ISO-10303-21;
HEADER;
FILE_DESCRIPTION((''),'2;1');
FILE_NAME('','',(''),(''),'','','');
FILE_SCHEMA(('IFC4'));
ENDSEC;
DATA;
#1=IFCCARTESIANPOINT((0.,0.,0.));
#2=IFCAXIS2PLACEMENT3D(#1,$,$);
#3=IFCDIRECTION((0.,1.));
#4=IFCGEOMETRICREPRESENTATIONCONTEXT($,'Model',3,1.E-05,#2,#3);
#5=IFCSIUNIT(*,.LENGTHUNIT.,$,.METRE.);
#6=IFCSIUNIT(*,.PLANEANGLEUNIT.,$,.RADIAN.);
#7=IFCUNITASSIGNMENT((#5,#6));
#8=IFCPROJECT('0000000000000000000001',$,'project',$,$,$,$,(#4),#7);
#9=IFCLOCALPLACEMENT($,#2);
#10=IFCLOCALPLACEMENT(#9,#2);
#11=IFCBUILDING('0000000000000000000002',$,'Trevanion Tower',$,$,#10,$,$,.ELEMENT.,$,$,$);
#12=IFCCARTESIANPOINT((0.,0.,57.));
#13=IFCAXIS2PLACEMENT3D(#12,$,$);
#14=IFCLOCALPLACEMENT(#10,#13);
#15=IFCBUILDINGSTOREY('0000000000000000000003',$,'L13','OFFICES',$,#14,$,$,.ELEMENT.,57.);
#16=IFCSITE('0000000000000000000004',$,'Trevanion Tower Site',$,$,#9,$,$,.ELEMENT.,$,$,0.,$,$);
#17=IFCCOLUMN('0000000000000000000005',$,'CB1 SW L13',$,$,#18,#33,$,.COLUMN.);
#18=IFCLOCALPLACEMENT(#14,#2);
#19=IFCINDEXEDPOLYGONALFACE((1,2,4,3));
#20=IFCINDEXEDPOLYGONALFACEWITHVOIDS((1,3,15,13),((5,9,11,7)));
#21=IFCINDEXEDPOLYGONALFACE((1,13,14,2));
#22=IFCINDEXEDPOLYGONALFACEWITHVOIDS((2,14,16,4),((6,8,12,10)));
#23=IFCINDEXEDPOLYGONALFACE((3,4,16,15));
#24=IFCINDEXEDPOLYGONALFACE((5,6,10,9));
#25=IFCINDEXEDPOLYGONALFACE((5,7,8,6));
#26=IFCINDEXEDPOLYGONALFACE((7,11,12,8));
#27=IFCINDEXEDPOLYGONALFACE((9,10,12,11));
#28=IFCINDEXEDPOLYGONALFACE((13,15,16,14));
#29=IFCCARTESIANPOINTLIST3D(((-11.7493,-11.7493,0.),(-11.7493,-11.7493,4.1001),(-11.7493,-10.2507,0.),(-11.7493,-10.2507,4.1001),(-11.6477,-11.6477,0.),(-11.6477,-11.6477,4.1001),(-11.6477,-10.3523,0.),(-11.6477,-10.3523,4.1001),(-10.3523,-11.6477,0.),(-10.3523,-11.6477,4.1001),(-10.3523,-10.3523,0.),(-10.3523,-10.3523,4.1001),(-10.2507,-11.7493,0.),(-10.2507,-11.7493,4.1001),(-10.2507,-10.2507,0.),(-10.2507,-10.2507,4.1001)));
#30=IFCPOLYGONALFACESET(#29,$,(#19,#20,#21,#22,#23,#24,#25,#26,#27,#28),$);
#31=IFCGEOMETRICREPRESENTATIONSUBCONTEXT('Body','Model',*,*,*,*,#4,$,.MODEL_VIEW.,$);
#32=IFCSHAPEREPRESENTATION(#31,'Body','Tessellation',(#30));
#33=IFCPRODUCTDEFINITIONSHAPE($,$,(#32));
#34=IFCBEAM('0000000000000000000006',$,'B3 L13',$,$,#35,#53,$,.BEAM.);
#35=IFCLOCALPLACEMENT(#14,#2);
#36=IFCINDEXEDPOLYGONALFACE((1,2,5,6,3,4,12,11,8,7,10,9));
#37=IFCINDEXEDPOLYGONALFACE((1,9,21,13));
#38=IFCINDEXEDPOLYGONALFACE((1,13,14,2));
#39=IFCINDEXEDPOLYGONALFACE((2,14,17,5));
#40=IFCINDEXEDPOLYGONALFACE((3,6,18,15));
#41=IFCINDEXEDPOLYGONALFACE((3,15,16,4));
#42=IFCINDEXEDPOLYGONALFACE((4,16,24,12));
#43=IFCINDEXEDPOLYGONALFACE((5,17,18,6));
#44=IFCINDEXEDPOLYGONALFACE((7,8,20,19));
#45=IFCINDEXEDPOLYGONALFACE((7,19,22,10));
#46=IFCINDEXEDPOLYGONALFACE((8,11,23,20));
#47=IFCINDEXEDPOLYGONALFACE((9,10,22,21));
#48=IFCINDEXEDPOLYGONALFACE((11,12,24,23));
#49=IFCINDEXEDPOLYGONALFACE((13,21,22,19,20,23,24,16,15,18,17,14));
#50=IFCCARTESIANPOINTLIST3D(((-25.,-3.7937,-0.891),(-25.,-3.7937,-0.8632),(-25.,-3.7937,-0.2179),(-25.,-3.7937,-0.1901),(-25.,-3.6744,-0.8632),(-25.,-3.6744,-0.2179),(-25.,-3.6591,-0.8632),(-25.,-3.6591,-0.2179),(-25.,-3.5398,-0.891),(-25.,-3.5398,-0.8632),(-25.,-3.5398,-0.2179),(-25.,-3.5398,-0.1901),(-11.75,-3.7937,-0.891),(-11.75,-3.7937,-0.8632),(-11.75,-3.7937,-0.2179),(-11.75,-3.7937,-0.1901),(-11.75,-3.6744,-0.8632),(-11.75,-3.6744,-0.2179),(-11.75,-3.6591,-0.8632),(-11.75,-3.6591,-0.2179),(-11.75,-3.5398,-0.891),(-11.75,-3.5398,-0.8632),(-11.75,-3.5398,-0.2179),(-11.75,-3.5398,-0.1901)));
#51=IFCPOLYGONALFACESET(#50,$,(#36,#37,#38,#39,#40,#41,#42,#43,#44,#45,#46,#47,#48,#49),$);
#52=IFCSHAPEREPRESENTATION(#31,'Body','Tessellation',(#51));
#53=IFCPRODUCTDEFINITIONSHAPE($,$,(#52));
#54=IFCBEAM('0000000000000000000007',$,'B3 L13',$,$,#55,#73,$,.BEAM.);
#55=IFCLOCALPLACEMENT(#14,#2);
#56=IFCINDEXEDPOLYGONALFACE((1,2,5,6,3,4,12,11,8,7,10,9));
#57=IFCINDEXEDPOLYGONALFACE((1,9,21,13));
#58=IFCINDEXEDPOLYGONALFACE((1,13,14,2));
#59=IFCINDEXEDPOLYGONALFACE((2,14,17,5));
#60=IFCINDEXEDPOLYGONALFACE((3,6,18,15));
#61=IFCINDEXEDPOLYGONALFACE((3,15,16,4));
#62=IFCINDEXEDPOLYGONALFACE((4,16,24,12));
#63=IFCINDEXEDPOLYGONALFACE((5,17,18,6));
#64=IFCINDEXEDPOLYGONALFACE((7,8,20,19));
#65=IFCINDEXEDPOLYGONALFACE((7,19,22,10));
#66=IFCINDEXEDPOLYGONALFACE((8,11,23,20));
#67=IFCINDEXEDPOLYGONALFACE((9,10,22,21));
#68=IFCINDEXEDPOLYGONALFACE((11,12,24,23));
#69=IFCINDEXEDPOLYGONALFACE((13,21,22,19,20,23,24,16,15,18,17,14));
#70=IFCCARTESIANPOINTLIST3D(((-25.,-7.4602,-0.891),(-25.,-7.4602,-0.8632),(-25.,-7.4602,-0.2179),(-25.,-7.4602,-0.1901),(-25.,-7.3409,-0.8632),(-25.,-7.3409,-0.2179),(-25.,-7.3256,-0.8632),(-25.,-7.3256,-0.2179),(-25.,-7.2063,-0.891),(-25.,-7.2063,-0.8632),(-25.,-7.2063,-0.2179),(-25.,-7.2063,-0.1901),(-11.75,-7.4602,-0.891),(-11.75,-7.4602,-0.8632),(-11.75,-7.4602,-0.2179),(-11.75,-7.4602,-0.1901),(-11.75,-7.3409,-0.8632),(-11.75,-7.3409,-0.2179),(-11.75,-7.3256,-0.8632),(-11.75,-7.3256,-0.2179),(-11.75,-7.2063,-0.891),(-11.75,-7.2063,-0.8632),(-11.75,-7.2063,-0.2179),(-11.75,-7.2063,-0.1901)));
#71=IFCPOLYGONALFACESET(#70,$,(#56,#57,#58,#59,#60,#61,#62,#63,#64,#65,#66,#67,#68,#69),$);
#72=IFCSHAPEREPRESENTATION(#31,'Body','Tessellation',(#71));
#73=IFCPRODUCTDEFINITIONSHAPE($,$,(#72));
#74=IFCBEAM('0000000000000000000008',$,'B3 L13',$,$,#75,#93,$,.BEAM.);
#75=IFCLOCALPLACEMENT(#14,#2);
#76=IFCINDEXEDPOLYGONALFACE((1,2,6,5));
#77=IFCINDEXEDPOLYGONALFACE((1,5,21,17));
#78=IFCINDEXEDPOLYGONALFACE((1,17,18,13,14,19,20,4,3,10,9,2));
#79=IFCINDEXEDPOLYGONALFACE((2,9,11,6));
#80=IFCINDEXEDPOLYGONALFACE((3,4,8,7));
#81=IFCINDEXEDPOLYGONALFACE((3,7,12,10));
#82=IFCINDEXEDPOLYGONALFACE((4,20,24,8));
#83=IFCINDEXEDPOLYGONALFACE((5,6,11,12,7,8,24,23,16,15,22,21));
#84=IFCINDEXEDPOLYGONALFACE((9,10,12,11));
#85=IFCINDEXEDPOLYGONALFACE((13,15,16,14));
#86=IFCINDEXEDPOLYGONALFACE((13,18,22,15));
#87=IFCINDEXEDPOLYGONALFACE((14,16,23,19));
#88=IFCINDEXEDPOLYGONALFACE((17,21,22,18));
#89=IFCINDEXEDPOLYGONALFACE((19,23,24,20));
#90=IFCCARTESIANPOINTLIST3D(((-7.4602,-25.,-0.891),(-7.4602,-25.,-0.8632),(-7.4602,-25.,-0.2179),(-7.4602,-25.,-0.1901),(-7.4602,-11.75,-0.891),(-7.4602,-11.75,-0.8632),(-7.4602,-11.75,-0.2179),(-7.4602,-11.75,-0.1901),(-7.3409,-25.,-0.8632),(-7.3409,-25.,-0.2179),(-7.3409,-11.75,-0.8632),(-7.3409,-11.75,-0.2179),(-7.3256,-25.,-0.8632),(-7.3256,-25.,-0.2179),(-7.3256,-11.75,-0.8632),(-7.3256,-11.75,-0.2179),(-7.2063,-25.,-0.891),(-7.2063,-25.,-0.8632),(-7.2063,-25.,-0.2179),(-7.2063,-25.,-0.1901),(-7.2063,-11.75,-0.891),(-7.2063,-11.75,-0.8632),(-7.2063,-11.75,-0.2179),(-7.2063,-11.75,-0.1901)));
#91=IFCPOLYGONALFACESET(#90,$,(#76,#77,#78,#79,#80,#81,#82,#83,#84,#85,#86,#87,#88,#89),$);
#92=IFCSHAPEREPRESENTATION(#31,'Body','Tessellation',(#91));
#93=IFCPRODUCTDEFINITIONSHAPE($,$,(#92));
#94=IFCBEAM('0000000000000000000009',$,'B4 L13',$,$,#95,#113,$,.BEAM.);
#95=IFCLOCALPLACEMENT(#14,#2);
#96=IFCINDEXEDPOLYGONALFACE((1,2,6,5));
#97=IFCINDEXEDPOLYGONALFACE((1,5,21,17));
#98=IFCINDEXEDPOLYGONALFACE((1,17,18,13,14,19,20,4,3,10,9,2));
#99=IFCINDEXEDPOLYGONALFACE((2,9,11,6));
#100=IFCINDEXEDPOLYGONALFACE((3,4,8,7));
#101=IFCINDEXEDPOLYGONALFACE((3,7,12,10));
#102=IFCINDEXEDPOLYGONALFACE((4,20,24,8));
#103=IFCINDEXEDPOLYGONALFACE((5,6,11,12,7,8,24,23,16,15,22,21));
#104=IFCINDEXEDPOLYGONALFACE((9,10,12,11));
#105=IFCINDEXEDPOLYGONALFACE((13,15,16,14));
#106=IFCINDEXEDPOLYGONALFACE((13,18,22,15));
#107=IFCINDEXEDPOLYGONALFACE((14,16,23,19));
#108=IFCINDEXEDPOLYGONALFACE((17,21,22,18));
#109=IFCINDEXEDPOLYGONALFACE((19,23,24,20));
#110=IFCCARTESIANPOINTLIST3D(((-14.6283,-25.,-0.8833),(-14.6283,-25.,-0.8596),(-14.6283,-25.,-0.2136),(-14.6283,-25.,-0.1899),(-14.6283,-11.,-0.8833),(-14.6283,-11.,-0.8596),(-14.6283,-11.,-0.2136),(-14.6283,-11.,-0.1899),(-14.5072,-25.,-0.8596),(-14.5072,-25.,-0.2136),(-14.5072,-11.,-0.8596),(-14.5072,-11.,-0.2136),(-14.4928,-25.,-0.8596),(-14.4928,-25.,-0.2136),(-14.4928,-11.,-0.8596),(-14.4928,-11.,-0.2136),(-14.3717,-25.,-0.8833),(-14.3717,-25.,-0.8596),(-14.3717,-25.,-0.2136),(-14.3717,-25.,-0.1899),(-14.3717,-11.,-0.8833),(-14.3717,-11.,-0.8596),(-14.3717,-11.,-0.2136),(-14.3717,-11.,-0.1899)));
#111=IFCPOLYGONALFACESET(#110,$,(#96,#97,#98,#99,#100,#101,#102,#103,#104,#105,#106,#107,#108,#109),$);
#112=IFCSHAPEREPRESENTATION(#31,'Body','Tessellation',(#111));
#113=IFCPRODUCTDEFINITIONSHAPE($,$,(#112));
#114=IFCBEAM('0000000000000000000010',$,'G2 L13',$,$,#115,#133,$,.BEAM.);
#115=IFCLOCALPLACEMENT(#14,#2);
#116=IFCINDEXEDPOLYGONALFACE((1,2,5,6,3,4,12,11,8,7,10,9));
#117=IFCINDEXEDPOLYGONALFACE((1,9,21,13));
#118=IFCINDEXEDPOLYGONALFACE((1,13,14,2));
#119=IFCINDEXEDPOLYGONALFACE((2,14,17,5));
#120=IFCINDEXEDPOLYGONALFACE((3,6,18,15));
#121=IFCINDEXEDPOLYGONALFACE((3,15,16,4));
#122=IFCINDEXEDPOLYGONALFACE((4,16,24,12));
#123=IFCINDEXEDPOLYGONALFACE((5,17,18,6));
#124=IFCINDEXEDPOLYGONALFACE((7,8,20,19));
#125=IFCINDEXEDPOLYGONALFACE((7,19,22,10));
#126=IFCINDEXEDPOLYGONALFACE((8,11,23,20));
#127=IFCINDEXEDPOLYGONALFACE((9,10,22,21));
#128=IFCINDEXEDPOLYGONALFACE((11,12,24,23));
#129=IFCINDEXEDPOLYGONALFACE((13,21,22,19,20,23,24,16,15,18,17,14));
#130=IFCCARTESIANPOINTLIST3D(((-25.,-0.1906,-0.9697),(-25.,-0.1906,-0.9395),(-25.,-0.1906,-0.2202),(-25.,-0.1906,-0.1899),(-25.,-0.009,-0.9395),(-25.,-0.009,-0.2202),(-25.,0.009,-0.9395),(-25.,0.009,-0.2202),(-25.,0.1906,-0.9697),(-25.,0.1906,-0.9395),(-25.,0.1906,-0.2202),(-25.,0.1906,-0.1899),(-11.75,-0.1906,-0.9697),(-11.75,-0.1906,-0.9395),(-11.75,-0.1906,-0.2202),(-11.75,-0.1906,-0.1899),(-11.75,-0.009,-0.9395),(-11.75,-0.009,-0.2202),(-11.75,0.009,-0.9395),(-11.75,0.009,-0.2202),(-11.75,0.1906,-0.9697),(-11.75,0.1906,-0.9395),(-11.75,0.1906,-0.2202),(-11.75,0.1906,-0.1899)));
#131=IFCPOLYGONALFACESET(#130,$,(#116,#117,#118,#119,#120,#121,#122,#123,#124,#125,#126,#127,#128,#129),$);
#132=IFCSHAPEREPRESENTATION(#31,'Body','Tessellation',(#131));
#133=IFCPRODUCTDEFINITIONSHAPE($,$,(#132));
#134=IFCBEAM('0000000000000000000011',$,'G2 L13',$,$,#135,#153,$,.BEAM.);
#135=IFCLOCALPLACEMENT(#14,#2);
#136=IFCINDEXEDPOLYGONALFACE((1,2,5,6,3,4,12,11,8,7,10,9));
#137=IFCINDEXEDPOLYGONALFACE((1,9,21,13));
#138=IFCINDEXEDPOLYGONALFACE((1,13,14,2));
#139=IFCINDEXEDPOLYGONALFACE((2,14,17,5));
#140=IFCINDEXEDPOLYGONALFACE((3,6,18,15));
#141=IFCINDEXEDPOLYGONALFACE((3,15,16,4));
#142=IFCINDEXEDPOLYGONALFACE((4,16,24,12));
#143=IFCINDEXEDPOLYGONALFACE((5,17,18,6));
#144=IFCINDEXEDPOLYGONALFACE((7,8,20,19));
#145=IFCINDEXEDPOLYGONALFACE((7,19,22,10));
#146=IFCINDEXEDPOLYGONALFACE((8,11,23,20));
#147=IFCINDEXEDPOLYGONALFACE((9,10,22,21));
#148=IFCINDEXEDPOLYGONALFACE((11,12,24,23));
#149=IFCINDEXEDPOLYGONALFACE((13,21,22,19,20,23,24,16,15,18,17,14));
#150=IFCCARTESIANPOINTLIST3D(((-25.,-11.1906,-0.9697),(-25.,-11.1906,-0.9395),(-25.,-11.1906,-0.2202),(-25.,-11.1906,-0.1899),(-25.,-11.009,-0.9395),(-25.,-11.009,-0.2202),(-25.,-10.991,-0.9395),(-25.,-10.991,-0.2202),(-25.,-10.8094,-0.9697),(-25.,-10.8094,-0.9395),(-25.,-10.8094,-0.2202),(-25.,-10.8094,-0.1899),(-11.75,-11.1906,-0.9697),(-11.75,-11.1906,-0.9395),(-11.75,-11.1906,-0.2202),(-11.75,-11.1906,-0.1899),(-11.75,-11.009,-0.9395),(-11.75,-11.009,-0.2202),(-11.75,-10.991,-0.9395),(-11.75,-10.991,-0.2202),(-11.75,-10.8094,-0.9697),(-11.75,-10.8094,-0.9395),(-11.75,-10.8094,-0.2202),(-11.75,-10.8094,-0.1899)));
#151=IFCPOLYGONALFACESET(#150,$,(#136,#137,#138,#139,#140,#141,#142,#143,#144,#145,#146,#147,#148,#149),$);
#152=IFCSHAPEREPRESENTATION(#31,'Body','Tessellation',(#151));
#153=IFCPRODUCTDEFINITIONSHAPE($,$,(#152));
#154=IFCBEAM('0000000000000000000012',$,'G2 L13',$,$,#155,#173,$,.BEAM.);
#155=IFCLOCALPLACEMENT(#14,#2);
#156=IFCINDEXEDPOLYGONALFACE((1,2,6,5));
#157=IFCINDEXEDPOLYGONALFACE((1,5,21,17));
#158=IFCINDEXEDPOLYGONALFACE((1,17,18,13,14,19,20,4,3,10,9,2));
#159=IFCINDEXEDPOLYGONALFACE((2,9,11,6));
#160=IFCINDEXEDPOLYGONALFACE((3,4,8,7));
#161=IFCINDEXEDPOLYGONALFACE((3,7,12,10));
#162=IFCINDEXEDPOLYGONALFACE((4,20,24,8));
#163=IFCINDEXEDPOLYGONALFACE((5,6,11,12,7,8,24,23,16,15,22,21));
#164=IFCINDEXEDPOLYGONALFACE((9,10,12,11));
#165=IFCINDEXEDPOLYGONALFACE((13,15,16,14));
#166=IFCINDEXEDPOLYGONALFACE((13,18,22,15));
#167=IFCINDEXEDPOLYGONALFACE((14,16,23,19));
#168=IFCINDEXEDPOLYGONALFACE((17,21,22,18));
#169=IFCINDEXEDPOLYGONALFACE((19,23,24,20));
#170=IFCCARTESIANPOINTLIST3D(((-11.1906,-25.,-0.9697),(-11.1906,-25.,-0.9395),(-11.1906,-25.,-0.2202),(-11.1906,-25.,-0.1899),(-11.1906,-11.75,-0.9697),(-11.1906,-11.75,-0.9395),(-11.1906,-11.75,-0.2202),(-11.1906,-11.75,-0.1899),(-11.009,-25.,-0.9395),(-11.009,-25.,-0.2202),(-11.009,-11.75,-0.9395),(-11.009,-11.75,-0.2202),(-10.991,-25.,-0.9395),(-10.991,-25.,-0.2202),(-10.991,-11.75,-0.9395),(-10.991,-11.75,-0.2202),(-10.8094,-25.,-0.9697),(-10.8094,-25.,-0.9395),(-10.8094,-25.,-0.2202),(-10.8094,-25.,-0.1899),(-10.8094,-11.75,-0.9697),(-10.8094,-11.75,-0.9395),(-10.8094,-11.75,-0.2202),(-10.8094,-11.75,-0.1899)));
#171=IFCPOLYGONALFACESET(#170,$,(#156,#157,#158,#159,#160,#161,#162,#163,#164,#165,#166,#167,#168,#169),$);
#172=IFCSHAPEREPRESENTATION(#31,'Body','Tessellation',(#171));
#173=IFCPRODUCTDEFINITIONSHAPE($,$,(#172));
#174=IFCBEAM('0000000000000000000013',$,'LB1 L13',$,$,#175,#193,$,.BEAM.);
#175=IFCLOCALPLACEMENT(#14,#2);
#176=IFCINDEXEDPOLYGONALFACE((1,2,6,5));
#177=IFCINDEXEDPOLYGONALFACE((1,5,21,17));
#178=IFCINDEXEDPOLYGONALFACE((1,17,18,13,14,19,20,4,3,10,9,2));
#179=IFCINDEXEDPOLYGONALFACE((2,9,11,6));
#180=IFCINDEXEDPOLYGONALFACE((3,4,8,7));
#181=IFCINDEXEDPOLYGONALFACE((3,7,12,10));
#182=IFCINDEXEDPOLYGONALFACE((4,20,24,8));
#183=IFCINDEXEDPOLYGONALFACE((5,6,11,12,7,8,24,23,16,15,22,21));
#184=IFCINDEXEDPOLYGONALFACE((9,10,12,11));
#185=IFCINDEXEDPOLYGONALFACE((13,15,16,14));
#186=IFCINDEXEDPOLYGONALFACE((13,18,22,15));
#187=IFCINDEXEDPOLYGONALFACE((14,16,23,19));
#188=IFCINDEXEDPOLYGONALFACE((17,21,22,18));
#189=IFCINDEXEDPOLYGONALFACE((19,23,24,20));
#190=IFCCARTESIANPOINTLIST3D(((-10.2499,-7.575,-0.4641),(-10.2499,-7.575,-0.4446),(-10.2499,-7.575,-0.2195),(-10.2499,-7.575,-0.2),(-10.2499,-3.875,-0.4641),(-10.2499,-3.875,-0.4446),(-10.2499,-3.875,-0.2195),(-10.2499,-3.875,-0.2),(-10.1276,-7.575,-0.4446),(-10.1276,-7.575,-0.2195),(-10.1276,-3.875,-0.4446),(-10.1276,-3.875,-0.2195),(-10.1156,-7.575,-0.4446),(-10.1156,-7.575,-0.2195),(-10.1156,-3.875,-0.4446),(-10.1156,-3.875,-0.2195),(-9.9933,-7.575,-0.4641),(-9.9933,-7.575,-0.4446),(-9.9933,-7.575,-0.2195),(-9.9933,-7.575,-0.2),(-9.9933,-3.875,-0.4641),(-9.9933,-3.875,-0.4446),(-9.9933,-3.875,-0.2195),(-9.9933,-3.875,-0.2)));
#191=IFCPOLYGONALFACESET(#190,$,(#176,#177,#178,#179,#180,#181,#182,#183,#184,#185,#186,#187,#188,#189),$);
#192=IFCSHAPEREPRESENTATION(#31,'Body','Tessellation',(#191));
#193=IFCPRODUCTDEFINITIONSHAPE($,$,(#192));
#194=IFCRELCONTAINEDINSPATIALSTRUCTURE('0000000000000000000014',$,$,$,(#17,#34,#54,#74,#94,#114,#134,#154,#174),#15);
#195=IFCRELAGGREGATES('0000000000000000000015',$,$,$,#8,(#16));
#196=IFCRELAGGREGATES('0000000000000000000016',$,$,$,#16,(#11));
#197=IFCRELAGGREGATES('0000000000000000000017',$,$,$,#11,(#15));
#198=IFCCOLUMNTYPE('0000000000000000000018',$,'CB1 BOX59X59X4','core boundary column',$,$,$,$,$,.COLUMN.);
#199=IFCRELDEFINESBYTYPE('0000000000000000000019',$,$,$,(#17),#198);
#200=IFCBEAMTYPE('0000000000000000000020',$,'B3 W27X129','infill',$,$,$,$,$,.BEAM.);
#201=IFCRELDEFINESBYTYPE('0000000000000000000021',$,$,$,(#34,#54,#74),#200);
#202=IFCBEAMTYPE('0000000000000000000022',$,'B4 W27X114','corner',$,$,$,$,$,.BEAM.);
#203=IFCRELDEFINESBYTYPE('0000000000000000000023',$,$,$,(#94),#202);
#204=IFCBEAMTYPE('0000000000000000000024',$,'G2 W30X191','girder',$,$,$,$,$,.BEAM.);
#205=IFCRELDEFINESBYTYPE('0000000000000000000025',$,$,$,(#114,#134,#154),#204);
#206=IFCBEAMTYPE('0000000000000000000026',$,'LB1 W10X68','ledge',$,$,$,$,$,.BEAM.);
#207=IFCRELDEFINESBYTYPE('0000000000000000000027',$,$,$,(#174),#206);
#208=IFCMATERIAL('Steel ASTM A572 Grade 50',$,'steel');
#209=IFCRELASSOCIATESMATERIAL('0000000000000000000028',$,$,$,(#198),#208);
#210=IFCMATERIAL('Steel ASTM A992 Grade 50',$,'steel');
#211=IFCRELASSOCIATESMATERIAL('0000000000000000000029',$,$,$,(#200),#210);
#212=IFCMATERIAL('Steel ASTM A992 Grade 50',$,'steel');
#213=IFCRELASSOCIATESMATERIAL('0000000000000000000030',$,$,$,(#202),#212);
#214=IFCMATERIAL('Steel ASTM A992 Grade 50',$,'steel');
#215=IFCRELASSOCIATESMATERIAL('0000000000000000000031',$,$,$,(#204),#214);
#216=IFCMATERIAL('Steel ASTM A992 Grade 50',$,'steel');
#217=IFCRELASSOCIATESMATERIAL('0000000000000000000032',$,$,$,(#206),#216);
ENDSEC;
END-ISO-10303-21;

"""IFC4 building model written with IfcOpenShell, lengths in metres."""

from ifc_helpers import new_model, si_unit, direction, frame, origin, origin_2d, place, context, subcontext, project, spatial, hollow_rectangle, i_section, extrude, material, material_profile, profile_set, type_object, element, save


model = new_model("IFC4")

# Units and contexts
model_context = context("Model", 3, precision=1e-05, world=origin(), true_north=direction((0.0, 1.0)))
body_context = subcontext(model_context, "Body", "Model", "MODEL_VIEW")
ifc_project = project(units=[si_unit("LENGTHUNIT", "METRE"), si_unit("PLANEANGLEUNIT", "RADIAN")], contexts=[model_context])

# Site, building, storey
site_placement = place(None, origin())
site = spatial("IfcSite", under=ifc_project, at=site_placement, Name="Trevanion Tower Site", CompositionType="ELEMENT", RefElevation=0.0)
building_placement = place(site_placement, origin())
building = spatial("IfcBuilding", under=site, at=building_placement, Name="Trevanion Tower", CompositionType="ELEMENT")
storey_placement = place(building_placement, frame((0.0, 0.0, 57.0)))
storey = spatial("IfcBuildingStorey", under=building, at=storey_placement, Name="L13", Description="OFFICES", CompositionType="ELEMENT", Elevation=57.0)

# Column
ifc_material_1 = material(Name="Steel ASTM A572 Grade 50", Category="steel")
ifc_material_profile_1 = material_profile(ifc_material_1, hollow_rectangle(XDim=1.4985, YDim=1.4985, WallThickness=0.1016, at=origin_2d()), Name="BOX59X59X4")
ifc_profile_set_1 = profile_set([ifc_material_profile_1], Name="Steel ASTM A572 Grade 50")
column_type = type_object("IfcColumnType", Name="CB1 BOX59X59X4", Description="core boundary column", PredefinedType="COLUMN", material=ifc_profile_set_1)
column_placement = place(storey_placement, frame((-11.0, -11.0, 0.0), z_axis=(0.0, 0.0, 1.0), x_axis=(1.0, 0.0, 0.0)))
element("IfcColumn", 1, at=column_placement, inside=storey, type_object=column_type, Name="CB1 SW L13", PredefinedType="COLUMN", context=body_context, shape_type="SweptSolid", body=[
    extrude(hollow_rectangle(XDim=1.4985, YDim=1.4985, WallThickness=0.1016, at=origin_2d()), origin(), (0.0, 0.0, 1.0), 4.1001),
])

# Beams
ifc_material_2 = material(Name="Steel ASTM A992 Grade 50", Category="steel")
ifc_material_profile_2 = material_profile(ifc_material_2, i_section(OverallWidth=0.2539, OverallDepth=0.7009, WebThickness=0.0154, FlangeThickness=0.0278, at=origin_2d()), Name="W27X129")
ifc_profile_set_2 = profile_set([ifc_material_profile_2], Name="Steel ASTM A992 Grade 50")
beam_type_1 = type_object("IfcBeamType", Name="B3 W27X129", Description="infill", PredefinedType="BEAM", material=ifc_profile_set_2)
for number, where, z_axis, x_axis, name in (
    (2, (-11.75, -3.6667, -0.5405), (-1.0, 0.0, 0.0), (0.0, -1.0, 0.0), "B3 L13"),
    (3, (-11.75, -7.3333, -0.5405), (-1.0, 0.0, 0.0), (0.0, -1.0, 0.0), "B3 L13"),
    (4, (-7.3333, -11.75, -0.5405), (0.0, -1.0, 0.0), (1.0, 0.0, 0.0), "B3 L13"),
):
    element("IfcBeam", number, at=place(storey_placement, frame(where, z_axis=z_axis, x_axis=x_axis)), inside=storey, type_object=beam_type_1, Name=name, PredefinedType="BEAM", context=body_context, shape_type="SweptSolid", body=[
        extrude(i_section(OverallWidth=0.2539, OverallDepth=0.7009, WebThickness=0.0154, FlangeThickness=0.0278, at=origin_2d()), origin(), (0.0, 0.0, 1.0), 13.25),
    ])
ifc_material_3 = material(Name="Steel ASTM A992 Grade 50", Category="steel")
ifc_material_profile_3 = material_profile(ifc_material_3, i_section(OverallWidth=0.2566, OverallDepth=0.6934, WebThickness=0.0144, FlangeThickness=0.0237, at=origin_2d()), Name="W27X114")
ifc_profile_set_3 = profile_set([ifc_material_profile_3], Name="Steel ASTM A992 Grade 50")
beam_type_2 = type_object("IfcBeamType", Name="B4 W27X114", Description="corner", PredefinedType="BEAM", material=ifc_profile_set_3)
beam_placement = place(storey_placement, frame((-14.5, -11.0, -0.5366), z_axis=(0.0, -1.0, 0.0), x_axis=(1.0, 0.0, 0.0)))
element("IfcBeam", 5, at=beam_placement, inside=storey, type_object=beam_type_2, Name="B4 L13", PredefinedType="BEAM", context=body_context, shape_type="SweptSolid", body=[
    extrude(i_section(OverallWidth=0.2566, OverallDepth=0.6934, WebThickness=0.0144, FlangeThickness=0.0237, at=origin_2d()), origin(), (0.0, 0.0, 1.0), 14.0),
])
ifc_material_4 = material(Name="Steel ASTM A992 Grade 50", Category="steel")
ifc_material_profile_4 = material_profile(ifc_material_4, i_section(OverallWidth=0.3811, OverallDepth=0.7798, WebThickness=0.0181, FlangeThickness=0.0303, at=origin_2d()), Name="W30X191")
ifc_profile_set_4 = profile_set([ifc_material_profile_4], Name="Steel ASTM A992 Grade 50")
beam_type_3 = type_object("IfcBeamType", Name="G2 W30X191", Description="girder", PredefinedType="BEAM", material=ifc_profile_set_4)
for number, where, z_axis, x_axis, name in (
    (6, (-11.75, 0.0, -0.5798), (-1.0, 0.0, 0.0), (0.0, -1.0, 0.0), "G2 L13"),
    (7, (-11.75, -11.0, -0.5798), (-1.0, 0.0, 0.0), (0.0, -1.0, 0.0), "G2 L13"),
    (8, (-11.0, -11.75, -0.5798), (0.0, -1.0, 0.0), (1.0, 0.0, 0.0), "G2 L13"),
):
    element("IfcBeam", number, at=place(storey_placement, frame(where, z_axis=z_axis, x_axis=x_axis)), inside=storey, type_object=beam_type_3, Name=name, PredefinedType="BEAM", context=body_context, shape_type="SweptSolid", body=[
        extrude(i_section(OverallWidth=0.3811, OverallDepth=0.7798, WebThickness=0.0181, FlangeThickness=0.0303, at=origin_2d()), origin(), (0.0, 0.0, 1.0), 13.25),
    ])
ifc_material_5 = material(Name="Steel ASTM A992 Grade 50", Category="steel")
ifc_material_profile_5 = material_profile(ifc_material_5, i_section(OverallWidth=0.2566, OverallDepth=0.2642, WebThickness=0.012, FlangeThickness=0.0195, at=origin_2d()), Name="W10X68")
ifc_profile_set_5 = profile_set([ifc_material_profile_5], Name="Steel ASTM A992 Grade 50")
beam_type_4 = type_object("IfcBeamType", Name="LB1 W10X68", Description="ledge", PredefinedType="BEAM", material=ifc_profile_set_5)
for number, where, z_axis, x_axis, name in (
    (9, (-10.1216, -7.575, -0.332), (0.0, 1.0, 0.0), (-1.0, 0.0, 0.0), "LB1 L13"),
):
    element("IfcBeam", number, at=place(storey_placement, frame(where, z_axis=z_axis, x_axis=x_axis)), inside=storey, type_object=beam_type_4, Name=name, PredefinedType="BEAM", context=body_context, shape_type="SweptSolid", body=[
        extrude(i_section(OverallWidth=0.2566, OverallDepth=0.2642, WebThickness=0.012, FlangeThickness=0.0195, at=origin_2d()), origin(), (0.0, 0.0, 1.0), 3.7),
    ])

save(model, "model.ifc")
